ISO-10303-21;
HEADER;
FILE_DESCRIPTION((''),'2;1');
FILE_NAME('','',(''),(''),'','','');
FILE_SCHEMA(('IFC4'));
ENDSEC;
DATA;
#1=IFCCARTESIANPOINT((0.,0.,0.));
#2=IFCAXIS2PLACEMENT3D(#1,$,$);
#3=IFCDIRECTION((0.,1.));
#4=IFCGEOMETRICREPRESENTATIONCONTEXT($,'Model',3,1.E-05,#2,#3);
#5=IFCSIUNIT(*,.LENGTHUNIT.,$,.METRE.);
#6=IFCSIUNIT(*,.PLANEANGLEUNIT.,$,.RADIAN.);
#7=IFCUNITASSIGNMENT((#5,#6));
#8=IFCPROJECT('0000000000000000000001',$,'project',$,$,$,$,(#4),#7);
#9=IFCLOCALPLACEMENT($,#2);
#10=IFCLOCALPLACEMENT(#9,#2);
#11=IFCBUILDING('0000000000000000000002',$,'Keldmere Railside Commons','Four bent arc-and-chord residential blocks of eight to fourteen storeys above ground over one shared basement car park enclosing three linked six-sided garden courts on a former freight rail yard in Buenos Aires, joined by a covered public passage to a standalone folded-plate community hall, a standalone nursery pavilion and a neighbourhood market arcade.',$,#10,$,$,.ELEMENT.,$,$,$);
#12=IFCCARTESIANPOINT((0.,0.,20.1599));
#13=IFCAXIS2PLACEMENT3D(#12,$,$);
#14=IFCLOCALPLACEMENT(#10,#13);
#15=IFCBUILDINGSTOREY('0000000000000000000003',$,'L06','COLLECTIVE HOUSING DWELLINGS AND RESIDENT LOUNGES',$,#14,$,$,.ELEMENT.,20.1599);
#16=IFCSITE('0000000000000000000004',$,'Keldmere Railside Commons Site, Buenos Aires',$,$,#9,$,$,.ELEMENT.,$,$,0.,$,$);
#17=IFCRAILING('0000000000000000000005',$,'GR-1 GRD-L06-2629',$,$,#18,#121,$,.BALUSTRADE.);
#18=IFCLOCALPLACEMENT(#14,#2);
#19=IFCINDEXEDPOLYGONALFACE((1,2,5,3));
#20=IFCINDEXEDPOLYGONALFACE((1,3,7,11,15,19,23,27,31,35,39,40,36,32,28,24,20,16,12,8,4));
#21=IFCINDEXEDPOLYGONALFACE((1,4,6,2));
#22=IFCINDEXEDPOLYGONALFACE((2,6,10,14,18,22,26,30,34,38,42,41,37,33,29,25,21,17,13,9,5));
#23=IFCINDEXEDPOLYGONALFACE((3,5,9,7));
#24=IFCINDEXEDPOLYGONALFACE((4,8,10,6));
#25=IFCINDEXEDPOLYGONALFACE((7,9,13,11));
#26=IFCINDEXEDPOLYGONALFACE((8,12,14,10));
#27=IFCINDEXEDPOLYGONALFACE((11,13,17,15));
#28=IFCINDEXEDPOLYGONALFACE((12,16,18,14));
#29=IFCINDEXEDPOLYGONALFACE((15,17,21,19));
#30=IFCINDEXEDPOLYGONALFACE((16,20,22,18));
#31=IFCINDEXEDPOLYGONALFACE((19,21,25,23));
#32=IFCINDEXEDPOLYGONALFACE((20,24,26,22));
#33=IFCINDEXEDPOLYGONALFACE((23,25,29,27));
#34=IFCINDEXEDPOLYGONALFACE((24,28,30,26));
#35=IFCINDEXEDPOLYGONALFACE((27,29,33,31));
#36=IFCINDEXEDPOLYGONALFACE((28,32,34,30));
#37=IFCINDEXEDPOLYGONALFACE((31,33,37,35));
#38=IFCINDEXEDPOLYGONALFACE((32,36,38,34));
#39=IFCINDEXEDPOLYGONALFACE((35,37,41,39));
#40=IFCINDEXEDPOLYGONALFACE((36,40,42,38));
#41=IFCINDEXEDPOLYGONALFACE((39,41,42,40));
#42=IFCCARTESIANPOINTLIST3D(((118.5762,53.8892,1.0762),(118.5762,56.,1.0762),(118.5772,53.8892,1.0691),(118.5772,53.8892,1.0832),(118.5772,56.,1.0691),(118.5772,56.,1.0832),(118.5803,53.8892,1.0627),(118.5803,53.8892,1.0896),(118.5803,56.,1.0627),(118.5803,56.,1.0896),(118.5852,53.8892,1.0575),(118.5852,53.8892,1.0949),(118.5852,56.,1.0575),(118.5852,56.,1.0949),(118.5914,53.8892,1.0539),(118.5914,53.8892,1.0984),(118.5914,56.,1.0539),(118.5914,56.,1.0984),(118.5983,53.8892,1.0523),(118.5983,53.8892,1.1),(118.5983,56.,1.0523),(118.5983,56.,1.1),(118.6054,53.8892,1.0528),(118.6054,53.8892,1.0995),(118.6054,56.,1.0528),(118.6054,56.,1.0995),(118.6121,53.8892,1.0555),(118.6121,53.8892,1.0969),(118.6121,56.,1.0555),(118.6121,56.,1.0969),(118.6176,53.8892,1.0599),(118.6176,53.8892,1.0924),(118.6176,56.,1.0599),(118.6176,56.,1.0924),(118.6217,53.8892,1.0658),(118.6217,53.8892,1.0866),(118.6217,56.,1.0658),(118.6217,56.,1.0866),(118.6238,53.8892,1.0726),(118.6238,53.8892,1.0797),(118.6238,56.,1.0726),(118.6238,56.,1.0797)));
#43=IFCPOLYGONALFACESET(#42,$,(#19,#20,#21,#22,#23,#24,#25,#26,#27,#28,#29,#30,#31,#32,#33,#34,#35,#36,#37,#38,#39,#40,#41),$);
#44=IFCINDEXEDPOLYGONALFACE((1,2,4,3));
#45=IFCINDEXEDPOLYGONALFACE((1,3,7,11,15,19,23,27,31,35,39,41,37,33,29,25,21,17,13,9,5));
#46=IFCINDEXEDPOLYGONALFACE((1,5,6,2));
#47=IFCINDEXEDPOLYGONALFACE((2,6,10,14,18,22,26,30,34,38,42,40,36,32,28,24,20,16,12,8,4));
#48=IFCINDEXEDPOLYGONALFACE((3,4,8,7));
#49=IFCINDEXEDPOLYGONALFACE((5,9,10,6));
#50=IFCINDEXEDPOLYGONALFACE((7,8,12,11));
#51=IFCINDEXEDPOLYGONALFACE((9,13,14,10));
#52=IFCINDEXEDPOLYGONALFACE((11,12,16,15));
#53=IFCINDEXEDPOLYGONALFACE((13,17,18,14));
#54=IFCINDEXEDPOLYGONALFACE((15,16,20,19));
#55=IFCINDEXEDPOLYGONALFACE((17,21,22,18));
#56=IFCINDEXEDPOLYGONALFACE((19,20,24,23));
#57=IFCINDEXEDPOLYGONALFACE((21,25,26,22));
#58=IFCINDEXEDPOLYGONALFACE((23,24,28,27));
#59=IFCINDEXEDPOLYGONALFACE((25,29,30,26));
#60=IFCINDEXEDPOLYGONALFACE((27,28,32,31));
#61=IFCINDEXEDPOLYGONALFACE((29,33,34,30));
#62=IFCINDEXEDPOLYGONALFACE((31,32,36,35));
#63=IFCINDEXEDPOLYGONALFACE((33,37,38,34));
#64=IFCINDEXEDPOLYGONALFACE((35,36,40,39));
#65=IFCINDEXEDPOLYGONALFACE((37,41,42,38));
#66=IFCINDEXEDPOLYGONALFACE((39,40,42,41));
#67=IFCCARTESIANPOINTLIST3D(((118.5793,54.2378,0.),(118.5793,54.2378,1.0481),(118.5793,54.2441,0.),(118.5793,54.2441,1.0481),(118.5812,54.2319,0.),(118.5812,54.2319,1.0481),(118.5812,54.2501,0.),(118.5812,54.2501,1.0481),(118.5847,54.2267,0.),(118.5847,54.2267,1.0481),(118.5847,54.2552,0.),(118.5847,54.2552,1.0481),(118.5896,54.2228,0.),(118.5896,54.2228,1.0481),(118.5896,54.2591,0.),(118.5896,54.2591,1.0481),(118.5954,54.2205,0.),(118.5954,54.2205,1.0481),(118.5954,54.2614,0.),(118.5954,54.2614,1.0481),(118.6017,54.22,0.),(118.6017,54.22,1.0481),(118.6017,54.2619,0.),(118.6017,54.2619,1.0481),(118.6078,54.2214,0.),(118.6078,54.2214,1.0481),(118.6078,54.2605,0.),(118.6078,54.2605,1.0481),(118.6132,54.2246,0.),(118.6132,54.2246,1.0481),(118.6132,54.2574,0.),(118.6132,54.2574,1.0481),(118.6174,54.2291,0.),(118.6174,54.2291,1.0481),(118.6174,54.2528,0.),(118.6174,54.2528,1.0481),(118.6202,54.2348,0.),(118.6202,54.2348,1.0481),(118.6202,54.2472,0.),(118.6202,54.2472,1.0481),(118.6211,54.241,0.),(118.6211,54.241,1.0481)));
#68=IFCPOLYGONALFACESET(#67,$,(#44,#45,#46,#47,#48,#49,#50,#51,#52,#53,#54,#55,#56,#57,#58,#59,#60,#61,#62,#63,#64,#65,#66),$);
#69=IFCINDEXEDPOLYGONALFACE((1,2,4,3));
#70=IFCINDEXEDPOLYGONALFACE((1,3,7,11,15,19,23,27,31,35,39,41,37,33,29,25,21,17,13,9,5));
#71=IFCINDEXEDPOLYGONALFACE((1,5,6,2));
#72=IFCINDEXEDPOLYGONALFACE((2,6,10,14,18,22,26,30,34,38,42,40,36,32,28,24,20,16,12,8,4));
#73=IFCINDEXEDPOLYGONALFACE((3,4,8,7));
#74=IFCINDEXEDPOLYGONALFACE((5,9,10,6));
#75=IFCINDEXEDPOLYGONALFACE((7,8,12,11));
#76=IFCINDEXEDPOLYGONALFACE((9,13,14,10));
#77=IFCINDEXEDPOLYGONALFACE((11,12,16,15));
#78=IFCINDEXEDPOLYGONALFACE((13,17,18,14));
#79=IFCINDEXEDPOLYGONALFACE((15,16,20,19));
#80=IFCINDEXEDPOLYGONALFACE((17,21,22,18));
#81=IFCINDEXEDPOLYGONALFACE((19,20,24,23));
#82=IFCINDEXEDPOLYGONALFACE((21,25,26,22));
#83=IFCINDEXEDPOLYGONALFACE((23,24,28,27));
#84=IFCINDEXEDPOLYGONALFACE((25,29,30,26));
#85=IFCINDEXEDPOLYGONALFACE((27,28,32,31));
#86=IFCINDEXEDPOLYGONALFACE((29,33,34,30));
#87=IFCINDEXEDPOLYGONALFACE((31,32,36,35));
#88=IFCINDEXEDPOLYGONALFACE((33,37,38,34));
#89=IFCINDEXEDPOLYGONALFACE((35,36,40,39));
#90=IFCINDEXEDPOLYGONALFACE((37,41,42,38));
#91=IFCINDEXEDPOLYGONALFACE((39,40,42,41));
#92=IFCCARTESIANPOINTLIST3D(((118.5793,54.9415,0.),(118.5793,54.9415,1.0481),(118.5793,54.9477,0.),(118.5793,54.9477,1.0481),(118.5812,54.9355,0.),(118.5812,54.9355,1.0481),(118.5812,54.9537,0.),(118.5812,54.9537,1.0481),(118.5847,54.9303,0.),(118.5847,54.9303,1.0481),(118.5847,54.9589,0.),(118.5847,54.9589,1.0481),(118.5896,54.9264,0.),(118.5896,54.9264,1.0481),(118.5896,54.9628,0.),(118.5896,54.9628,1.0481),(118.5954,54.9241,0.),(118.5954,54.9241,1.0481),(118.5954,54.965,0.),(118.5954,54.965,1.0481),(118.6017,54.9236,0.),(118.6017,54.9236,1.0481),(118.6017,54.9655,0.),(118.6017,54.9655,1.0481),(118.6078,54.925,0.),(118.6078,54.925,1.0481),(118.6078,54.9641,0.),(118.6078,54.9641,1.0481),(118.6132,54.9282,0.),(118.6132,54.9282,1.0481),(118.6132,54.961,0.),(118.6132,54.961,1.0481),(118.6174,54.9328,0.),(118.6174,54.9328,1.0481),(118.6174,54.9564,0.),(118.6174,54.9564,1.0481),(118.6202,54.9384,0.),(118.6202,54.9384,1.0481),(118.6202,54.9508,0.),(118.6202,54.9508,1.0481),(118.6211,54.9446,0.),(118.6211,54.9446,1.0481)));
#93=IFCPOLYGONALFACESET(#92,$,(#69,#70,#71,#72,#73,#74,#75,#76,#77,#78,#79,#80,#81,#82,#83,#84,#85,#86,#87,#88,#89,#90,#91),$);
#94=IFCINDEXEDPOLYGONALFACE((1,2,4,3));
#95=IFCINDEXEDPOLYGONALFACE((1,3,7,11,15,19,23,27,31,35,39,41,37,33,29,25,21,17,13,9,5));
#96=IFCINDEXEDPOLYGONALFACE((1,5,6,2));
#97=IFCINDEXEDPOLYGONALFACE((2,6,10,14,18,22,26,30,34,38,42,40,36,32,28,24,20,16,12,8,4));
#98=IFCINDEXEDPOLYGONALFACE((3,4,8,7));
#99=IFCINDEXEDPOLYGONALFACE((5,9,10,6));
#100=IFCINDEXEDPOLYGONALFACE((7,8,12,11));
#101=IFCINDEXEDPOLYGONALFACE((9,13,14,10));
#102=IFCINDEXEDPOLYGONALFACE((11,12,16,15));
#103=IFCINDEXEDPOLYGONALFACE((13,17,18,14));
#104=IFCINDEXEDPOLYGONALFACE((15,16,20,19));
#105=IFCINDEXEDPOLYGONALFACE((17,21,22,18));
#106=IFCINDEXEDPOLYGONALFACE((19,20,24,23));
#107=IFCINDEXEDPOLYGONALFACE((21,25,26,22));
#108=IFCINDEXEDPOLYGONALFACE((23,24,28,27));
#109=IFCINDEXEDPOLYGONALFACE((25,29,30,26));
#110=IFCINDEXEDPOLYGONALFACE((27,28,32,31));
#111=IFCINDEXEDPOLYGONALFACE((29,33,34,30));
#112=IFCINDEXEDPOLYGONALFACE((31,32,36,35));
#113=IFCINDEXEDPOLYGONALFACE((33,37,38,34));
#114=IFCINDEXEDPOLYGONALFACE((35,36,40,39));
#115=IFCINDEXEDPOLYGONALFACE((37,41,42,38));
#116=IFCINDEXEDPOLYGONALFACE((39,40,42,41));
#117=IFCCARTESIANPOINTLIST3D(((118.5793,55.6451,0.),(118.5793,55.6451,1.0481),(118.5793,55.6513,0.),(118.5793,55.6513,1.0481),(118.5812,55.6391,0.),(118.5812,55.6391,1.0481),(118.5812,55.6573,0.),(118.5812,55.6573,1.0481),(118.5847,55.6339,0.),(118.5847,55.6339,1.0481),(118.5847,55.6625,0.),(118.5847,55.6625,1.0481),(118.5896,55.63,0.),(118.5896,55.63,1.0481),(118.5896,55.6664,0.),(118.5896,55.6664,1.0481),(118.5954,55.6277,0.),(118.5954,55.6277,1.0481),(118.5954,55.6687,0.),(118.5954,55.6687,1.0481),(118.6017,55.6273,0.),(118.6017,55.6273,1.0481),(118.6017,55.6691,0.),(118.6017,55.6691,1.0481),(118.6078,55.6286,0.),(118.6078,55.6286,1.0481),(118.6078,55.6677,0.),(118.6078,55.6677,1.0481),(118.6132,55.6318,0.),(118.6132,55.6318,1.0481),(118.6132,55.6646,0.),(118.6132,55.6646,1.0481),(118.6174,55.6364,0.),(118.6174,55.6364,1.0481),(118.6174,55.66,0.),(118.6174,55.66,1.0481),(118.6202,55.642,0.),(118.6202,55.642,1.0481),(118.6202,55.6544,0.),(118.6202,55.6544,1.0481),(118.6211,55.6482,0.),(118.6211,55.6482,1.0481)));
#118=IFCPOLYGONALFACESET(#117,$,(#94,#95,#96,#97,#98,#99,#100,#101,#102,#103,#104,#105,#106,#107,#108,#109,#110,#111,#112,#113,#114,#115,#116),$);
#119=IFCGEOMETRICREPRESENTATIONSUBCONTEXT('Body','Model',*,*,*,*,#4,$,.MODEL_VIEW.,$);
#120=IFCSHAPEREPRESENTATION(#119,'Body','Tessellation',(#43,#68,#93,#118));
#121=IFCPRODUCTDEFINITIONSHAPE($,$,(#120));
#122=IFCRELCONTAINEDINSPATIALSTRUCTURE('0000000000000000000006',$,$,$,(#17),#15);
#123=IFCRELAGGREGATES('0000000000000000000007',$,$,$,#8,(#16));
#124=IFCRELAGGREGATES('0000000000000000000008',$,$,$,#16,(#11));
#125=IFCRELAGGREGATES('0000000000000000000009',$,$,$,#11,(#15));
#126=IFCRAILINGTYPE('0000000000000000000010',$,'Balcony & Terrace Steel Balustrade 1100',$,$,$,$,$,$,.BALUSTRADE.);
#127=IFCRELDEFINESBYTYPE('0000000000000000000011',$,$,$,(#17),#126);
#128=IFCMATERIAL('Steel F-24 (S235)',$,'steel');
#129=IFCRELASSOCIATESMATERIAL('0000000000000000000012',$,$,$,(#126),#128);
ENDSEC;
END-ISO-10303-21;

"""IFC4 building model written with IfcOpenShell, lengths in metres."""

from ifc_helpers import new_model, si_unit, direction, frame, origin, origin_2d, place, context, subcontext, project, spatial, circle, extrude, material, type_object, element, save


model = new_model("IFC4")

# Units and contexts
model_context = context("Model", 3, precision=1e-05, world=origin(), true_north=direction((0.0, 1.0)))
body_context = subcontext(model_context, "Body", "Model", "MODEL_VIEW")
ifc_project = project(units=[si_unit("LENGTHUNIT", "METRE"), si_unit("PLANEANGLEUNIT", "RADIAN")], contexts=[model_context])

# Site, building, storey
site_placement = place(None, origin())
site = spatial("IfcSite", under=ifc_project, at=site_placement, Name="Keldmere Railside Commons Site, Buenos Aires", CompositionType="ELEMENT", RefElevation=0.0)
building_placement = place(site_placement, origin())
building = spatial("IfcBuilding", under=site, at=building_placement, Name="Keldmere Railside Commons", Description="Four bent arc-and-chord residential blocks of eight to fourteen storeys above ground over one shared basement car park enclosing three linked six-sided garden courts on a former freight rail yard in Buenos Aires, joined by a covered public passage to a standalone folded-plate community hall, a standalone nursery pavilion and a neighbourhood market arcade.", CompositionType="ELEMENT")
storey_placement = place(building_placement, frame((0.0, 0.0, 20.1599)))
storey = spatial("IfcBuildingStorey", under=building, at=storey_placement, Name="L06", Description="COLLECTIVE HOUSING DWELLINGS AND RESIDENT LOUNGES", CompositionType="ELEMENT", Elevation=20.1599)

# Shared definitions
ifc_material_1 = material(Name="Steel F-24 (S235)", Category="steel")

# Railing
railing_type = type_object("IfcRailingType", Name="Balcony & Terrace Steel Balustrade 1100", PredefinedType="BALUSTRADE", material=ifc_material_1)
railing_1_placement = place(storey_placement, frame((118.6001, 53.8892, 0.0)))
element("IfcRailing", 1, at=railing_1_placement, inside=storey, type_object=railing_type, Name="GR-1 GRD-L06-2629", PredefinedType="BALUSTRADE", context=body_context, shape_type="SweptSolid", body=[
    extrude(circle(Radius=0.0239, at=origin_2d()), frame((0.0, 0.0, 1.0762), z_axis=(0.0, 1.0, 0.0), x_axis=(-1.0, 0.0, 0.0)), (0.0, 0.0, 1.0), 2.1108),
    extrude(circle(Radius=0.021, at=origin_2d()), frame((0.0, 0.3518, 0.0)), (0.0, 0.0, 1.0), 1.0481),
    extrude(circle(Radius=0.021, at=origin_2d()), frame((0.0, 1.0554, 0.0)), (0.0, 0.0, 1.0), 1.0481),
    extrude(circle(Radius=0.021, at=origin_2d()), frame((0.0, 1.759, 0.0)), (0.0, 0.0, 1.0), 1.0481),
])

save(model, "model.ifc")
